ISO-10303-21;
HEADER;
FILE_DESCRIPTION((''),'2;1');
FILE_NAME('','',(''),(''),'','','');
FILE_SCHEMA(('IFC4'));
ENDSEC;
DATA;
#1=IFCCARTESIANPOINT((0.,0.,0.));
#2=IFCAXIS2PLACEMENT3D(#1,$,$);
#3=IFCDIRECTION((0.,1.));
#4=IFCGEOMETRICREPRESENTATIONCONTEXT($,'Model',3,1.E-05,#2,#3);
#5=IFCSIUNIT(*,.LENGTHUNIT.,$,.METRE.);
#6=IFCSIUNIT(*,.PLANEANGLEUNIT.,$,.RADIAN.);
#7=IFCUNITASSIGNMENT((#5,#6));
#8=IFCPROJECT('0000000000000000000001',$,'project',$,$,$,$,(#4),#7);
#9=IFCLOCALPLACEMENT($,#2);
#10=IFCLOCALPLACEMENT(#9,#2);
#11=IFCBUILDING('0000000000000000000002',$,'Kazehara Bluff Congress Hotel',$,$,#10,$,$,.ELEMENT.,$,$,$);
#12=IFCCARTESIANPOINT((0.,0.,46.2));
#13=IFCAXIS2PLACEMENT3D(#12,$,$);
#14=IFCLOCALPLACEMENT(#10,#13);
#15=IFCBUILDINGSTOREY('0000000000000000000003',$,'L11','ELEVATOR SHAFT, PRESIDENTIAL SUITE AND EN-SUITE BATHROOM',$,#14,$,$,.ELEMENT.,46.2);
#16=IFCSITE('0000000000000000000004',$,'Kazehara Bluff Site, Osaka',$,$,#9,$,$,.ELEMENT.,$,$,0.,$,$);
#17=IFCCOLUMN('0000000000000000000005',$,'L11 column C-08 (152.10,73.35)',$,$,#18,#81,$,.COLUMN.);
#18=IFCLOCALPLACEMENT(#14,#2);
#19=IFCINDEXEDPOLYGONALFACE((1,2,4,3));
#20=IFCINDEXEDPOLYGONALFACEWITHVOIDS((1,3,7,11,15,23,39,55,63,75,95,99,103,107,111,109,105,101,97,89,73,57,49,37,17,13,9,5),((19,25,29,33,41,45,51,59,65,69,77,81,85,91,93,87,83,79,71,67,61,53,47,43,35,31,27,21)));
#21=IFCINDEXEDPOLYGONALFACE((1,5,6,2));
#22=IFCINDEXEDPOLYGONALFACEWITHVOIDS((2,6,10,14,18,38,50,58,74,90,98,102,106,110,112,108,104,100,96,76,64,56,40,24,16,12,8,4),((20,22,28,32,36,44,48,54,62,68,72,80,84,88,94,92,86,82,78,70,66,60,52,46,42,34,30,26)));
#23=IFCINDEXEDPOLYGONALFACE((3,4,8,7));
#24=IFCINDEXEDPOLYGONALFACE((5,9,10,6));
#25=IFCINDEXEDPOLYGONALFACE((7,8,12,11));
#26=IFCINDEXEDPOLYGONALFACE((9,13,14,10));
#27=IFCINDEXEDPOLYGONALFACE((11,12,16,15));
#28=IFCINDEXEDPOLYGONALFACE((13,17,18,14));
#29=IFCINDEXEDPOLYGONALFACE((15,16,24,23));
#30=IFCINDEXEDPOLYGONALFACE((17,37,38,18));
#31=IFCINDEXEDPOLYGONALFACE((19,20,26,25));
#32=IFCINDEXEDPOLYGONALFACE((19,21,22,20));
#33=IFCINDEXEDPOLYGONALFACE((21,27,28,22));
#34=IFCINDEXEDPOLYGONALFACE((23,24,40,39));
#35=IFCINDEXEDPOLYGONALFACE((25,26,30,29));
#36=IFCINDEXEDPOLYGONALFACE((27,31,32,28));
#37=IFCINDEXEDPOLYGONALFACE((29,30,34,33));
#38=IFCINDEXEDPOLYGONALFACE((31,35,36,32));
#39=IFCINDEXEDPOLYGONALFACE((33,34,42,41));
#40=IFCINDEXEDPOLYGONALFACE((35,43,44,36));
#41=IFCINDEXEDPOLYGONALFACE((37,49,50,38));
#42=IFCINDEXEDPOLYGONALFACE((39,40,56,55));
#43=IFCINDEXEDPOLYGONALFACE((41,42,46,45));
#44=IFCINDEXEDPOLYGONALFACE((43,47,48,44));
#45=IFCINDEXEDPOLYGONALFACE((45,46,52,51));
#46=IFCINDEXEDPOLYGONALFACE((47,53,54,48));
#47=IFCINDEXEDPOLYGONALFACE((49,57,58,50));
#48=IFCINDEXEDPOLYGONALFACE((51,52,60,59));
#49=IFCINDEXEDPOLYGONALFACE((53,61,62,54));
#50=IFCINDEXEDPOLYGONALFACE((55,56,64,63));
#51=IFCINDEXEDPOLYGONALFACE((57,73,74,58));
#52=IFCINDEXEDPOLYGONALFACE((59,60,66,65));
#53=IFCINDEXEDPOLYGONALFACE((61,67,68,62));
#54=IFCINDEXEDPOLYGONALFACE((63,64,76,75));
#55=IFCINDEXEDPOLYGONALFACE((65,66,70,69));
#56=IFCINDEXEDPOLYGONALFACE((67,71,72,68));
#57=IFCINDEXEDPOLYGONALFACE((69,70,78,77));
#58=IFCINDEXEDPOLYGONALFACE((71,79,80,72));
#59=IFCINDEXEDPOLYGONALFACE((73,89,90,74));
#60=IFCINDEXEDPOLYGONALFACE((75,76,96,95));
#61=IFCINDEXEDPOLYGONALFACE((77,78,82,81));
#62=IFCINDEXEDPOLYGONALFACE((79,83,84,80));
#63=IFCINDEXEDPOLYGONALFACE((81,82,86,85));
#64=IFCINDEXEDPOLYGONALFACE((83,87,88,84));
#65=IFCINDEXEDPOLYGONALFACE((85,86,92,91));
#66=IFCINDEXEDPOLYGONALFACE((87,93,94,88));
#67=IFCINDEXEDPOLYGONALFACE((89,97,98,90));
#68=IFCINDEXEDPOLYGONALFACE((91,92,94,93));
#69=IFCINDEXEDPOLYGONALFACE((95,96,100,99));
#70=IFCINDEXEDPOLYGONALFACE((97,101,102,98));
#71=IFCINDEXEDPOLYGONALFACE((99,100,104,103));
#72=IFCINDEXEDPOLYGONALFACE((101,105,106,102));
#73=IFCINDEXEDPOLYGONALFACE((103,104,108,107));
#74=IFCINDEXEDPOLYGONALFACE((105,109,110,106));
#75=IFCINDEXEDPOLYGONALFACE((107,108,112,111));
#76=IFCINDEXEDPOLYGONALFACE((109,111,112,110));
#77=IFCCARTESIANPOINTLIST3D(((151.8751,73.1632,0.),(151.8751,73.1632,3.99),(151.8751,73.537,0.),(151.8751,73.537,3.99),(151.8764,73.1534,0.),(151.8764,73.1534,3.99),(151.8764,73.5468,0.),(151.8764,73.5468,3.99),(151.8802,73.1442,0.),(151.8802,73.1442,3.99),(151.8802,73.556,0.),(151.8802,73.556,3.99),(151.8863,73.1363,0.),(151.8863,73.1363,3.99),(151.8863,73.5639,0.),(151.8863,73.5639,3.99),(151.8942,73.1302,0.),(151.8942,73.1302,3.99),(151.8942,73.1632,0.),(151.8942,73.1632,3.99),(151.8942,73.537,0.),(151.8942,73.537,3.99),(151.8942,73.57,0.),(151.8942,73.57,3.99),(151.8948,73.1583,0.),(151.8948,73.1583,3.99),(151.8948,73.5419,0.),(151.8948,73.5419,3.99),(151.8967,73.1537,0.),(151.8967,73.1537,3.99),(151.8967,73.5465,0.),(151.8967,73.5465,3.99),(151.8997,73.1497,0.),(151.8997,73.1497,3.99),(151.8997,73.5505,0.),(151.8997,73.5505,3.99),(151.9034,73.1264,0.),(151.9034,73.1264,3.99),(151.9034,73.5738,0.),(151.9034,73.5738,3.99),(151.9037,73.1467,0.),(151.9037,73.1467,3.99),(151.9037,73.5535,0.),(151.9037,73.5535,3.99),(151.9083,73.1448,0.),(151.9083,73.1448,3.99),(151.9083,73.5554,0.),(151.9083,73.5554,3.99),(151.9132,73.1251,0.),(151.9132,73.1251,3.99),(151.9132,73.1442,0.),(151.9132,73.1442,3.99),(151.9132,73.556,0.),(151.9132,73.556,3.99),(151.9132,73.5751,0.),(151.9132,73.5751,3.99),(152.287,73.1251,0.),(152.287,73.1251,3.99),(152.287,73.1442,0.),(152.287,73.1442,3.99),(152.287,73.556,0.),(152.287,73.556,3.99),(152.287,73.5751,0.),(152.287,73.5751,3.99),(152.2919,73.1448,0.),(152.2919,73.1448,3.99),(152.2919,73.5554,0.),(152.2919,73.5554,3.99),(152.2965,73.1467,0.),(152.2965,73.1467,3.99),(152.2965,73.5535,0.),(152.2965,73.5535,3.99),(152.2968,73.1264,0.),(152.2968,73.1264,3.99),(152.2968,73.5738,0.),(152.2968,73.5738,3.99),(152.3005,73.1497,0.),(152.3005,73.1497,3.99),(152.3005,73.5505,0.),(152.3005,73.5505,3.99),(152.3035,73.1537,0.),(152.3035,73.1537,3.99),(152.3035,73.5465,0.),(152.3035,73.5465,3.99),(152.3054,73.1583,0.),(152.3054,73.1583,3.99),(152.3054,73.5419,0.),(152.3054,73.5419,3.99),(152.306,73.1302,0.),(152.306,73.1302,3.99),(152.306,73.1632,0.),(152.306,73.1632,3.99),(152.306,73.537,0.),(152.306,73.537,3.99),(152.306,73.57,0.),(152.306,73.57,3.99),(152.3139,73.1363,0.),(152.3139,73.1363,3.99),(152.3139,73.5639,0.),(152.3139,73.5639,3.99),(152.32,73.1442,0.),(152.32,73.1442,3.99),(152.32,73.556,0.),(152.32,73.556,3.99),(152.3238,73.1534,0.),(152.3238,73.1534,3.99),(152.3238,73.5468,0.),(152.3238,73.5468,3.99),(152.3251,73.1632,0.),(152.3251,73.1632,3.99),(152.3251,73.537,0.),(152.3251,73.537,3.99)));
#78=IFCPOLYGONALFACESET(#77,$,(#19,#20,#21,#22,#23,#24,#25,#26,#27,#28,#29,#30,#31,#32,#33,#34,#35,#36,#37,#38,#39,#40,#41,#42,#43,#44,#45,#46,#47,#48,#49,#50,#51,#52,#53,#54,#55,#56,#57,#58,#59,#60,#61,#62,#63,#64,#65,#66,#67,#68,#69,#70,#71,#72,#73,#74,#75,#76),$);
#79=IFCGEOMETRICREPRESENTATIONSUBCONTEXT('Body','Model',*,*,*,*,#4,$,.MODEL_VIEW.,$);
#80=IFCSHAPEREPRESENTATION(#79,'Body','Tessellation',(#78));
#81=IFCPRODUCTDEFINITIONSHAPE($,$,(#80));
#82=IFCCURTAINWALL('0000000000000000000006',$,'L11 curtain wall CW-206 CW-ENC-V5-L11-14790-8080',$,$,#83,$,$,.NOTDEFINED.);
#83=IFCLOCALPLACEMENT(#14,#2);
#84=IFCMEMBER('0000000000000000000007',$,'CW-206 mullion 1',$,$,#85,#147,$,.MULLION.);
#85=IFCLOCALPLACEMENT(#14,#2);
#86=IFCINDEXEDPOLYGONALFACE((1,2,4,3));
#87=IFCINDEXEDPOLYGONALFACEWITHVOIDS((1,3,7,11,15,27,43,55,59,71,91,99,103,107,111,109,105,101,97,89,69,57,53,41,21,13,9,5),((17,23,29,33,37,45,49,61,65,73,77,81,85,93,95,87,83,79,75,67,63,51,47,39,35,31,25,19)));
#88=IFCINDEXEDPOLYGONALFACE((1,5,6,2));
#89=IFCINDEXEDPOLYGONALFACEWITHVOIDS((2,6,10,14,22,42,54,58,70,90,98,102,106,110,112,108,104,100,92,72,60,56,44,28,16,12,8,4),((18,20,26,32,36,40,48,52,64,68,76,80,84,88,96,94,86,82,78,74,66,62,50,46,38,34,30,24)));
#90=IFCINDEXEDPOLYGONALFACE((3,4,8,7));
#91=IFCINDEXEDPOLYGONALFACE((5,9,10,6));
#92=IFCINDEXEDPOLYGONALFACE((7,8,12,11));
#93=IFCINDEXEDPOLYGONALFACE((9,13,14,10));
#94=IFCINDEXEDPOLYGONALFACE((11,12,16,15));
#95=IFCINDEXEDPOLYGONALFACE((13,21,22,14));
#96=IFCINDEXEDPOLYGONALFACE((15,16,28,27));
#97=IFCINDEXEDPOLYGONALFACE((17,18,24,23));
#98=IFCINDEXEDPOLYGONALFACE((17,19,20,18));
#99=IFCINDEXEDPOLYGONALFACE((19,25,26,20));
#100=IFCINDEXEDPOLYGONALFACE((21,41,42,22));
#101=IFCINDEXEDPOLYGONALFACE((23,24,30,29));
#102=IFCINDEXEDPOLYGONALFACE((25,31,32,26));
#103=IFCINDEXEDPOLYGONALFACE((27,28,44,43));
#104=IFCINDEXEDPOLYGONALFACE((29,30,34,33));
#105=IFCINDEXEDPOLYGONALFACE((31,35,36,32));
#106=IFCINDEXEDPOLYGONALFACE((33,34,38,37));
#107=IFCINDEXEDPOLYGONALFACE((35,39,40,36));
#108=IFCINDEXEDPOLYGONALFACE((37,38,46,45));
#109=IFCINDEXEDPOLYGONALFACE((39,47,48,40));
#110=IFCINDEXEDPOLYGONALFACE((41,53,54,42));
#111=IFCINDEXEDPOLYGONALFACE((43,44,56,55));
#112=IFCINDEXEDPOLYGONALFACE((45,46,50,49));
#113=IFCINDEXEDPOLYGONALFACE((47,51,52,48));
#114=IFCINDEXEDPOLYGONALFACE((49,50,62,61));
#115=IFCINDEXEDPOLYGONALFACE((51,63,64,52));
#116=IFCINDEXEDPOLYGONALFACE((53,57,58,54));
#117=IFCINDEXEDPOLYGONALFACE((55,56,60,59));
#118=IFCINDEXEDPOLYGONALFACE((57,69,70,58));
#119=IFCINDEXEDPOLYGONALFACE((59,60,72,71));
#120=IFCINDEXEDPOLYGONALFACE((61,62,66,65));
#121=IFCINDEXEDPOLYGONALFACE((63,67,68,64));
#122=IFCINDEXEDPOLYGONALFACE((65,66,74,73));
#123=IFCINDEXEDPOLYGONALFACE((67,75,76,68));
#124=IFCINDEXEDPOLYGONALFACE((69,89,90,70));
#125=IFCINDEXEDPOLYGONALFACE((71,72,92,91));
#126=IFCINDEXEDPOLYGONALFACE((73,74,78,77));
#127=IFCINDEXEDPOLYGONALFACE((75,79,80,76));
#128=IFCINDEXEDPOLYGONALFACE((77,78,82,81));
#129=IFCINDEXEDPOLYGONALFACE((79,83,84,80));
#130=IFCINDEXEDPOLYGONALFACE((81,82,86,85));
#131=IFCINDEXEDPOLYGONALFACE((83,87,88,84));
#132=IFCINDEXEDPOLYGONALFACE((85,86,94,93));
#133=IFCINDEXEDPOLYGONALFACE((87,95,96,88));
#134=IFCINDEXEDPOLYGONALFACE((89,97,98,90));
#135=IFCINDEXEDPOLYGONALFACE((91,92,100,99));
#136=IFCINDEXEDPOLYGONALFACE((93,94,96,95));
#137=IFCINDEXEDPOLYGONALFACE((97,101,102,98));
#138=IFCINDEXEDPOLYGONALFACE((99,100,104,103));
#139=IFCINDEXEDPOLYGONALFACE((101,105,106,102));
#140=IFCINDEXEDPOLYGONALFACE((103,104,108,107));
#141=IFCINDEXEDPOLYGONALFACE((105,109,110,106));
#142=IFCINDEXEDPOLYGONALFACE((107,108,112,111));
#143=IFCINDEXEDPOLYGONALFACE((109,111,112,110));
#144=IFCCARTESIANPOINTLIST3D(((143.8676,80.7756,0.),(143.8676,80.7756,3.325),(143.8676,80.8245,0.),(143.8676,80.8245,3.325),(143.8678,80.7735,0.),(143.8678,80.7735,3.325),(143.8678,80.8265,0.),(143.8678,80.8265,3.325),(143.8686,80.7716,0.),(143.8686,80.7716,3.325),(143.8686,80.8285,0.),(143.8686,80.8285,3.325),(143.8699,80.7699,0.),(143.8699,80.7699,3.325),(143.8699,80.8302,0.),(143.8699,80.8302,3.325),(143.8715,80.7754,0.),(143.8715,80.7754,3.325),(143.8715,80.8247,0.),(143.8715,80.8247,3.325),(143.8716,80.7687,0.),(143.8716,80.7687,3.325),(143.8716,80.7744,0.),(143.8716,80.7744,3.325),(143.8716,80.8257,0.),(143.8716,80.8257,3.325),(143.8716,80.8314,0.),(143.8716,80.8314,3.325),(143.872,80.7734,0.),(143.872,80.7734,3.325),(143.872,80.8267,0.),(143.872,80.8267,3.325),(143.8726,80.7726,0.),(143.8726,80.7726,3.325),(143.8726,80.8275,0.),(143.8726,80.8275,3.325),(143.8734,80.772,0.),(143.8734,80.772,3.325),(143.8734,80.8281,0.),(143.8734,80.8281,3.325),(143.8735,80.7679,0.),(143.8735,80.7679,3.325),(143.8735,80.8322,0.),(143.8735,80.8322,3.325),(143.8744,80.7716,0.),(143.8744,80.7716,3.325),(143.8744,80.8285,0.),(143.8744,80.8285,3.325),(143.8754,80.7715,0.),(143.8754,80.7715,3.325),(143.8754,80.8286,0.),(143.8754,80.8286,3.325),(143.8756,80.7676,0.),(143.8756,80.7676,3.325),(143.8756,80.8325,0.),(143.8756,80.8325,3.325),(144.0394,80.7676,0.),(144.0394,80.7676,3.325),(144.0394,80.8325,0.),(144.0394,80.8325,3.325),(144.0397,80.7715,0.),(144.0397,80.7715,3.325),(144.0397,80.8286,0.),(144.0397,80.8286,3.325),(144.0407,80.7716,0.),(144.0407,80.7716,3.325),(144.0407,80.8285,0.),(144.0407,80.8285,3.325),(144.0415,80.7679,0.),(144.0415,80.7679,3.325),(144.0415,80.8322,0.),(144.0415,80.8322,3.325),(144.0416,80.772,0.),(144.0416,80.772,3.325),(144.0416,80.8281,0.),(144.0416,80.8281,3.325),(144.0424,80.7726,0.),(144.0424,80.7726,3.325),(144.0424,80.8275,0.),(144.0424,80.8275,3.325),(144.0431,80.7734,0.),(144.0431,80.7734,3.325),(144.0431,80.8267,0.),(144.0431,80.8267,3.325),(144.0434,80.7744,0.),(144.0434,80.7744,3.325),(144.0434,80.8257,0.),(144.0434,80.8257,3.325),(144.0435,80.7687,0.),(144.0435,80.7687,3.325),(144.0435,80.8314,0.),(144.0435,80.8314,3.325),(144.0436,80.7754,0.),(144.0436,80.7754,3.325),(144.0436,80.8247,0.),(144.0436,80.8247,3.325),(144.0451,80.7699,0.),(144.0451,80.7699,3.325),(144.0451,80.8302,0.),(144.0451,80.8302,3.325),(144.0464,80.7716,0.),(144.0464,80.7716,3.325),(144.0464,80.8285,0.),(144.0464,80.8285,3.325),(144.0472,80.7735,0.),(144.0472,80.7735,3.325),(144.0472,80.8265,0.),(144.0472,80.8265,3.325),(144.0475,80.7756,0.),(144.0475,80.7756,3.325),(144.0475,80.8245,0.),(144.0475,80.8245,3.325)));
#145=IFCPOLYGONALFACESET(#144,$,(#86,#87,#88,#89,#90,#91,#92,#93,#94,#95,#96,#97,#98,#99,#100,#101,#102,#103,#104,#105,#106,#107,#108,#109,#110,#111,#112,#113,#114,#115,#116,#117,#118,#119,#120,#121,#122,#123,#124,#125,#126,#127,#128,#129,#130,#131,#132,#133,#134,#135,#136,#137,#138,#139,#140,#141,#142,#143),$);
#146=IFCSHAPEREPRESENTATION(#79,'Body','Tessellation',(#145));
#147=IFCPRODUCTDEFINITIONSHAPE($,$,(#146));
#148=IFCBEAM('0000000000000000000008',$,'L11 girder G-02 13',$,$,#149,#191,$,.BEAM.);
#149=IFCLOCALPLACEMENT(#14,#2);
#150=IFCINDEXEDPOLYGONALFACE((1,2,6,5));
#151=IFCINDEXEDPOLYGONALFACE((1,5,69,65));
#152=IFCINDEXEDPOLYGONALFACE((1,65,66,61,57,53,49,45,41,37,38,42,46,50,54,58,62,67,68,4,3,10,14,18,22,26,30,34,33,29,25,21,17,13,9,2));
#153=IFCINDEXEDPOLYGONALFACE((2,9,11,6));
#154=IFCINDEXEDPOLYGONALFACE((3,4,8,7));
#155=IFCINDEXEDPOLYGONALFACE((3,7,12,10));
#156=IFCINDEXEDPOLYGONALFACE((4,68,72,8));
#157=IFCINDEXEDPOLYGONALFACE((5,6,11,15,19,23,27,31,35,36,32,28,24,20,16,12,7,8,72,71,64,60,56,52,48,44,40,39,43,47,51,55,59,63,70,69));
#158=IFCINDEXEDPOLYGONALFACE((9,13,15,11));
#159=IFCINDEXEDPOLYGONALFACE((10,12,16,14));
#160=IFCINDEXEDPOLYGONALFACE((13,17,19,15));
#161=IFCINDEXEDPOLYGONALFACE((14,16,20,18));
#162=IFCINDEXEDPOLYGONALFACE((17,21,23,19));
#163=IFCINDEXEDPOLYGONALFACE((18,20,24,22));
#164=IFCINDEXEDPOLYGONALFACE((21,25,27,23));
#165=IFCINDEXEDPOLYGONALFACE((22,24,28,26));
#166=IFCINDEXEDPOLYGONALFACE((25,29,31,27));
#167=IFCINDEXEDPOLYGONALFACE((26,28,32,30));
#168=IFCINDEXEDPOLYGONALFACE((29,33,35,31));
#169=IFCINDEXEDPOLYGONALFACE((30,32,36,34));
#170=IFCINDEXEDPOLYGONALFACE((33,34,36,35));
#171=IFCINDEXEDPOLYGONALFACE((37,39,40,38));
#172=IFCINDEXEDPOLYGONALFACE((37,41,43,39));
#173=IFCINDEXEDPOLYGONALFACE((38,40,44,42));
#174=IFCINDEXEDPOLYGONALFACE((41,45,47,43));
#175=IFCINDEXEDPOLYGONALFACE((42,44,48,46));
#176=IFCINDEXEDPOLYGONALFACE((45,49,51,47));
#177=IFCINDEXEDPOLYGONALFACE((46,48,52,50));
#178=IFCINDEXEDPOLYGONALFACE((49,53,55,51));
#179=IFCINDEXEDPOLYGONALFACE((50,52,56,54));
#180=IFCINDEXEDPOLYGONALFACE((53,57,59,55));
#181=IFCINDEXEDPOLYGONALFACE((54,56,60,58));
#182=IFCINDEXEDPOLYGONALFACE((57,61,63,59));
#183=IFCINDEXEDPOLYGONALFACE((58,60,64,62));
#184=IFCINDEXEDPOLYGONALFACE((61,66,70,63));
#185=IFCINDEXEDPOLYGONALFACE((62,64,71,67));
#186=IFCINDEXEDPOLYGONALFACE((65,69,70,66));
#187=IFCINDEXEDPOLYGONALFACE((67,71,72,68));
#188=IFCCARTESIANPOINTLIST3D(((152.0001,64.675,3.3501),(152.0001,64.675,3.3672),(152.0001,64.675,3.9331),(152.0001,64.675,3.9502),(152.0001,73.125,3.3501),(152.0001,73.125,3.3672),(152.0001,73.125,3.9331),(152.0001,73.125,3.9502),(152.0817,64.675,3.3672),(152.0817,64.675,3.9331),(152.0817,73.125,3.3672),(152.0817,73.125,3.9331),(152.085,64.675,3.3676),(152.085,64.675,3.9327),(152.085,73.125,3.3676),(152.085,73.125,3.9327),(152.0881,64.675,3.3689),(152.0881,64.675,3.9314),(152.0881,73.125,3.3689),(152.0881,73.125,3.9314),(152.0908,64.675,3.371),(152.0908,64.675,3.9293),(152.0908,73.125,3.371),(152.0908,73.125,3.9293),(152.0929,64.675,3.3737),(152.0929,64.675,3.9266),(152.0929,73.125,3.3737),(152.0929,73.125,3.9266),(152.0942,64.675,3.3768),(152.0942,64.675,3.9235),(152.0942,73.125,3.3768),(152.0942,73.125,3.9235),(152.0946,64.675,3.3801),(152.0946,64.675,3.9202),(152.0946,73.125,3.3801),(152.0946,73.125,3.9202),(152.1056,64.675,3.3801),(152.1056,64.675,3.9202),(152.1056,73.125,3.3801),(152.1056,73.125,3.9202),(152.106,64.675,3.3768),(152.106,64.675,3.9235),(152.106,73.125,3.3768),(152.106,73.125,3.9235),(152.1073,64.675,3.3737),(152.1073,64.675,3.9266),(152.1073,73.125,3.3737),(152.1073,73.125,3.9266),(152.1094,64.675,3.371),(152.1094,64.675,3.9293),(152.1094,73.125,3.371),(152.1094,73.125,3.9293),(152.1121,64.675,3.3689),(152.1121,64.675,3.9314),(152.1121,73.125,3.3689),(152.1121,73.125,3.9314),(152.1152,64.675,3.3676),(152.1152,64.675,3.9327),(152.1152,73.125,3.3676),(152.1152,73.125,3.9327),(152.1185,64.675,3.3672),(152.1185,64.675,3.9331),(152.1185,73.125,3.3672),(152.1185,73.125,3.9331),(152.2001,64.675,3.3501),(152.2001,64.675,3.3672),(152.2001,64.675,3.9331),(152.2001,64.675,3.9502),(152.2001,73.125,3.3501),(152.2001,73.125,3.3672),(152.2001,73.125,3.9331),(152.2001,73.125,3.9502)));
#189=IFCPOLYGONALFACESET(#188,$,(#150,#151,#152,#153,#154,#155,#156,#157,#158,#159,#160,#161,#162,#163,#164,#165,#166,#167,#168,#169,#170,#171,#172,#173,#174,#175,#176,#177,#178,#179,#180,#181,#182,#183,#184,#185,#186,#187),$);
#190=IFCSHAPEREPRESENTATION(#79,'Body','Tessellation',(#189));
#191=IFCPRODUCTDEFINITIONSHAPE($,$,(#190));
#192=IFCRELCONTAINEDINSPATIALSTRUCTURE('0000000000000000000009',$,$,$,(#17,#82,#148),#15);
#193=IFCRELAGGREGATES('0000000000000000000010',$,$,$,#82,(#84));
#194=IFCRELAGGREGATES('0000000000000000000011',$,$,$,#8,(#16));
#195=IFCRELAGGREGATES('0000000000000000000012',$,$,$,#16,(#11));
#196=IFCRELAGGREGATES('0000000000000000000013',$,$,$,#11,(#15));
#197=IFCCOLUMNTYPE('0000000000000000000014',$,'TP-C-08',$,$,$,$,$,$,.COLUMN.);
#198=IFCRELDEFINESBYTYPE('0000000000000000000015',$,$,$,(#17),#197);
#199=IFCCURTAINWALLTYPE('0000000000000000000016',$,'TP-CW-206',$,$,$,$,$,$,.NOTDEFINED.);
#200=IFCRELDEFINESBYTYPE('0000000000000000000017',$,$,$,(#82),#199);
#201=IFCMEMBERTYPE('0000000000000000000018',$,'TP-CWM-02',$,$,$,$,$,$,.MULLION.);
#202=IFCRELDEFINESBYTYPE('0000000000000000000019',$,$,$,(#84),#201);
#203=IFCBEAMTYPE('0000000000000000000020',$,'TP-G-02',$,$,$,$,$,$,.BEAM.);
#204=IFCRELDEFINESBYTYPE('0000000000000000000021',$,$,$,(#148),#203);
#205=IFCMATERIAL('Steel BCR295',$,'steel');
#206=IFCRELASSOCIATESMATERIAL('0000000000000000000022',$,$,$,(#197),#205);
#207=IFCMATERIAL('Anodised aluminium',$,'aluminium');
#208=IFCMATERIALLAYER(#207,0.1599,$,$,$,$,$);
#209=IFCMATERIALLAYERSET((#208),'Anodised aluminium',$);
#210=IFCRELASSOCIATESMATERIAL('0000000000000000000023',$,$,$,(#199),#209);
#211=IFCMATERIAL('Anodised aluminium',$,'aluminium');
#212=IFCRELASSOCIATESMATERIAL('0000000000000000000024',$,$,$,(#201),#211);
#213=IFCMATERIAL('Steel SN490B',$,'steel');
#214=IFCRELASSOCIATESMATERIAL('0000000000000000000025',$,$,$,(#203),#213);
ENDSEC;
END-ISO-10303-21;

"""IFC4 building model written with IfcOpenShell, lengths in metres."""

from ifc_helpers import new_model, si_unit, direction, frame, origin, origin_2d, place, context, subcontext, project, spatial, hollow_rectangle, i_section, extrude, material, layer, layer_set, material_profile, profile_set, type_object, element, aggregate, save


model = new_model("IFC4")

# Units and contexts
model_context = context("Model", 3, precision=1e-05, world=origin(), true_north=direction((0.0, 1.0)))
body_context = subcontext(model_context, "Body", "Model", "MODEL_VIEW")
ifc_project = project(units=[si_unit("LENGTHUNIT", "METRE"), si_unit("PLANEANGLEUNIT", "RADIAN")], contexts=[model_context])

# Site, building, storey
site_placement = place(None, origin())
site = spatial("IfcSite", under=ifc_project, at=site_placement, Name="Kazehara Bluff Site, Osaka", CompositionType="ELEMENT", RefElevation=0.0)
building_placement = place(site_placement, origin())
building = spatial("IfcBuilding", under=site, at=building_placement, Name="Kazehara Bluff Congress Hotel", CompositionType="ELEMENT")
storey_placement = place(building_placement, frame((0.0, 0.0, 46.2)))
storey = spatial("IfcBuildingStorey", under=building, at=storey_placement, Name="L11", Description="ELEVATOR SHAFT, PRESIDENTIAL SUITE AND EN-SUITE BATHROOM", CompositionType="ELEMENT", Elevation=46.2)

# Column
ifc_material_1 = material(Name="Steel BCR295", Category="steel")
ifc_material_profile_1 = material_profile(ifc_material_1, hollow_rectangle(XDim=0.45, YDim=0.45, WallThickness=0.019, InnerFilletRadius=0.019, OuterFilletRadius=0.0381, at=origin_2d()))
ifc_profile_set_1 = profile_set([ifc_material_profile_1], Name="Steel BCR295")
column_type = type_object("IfcColumnType", Name="TP-C-08", PredefinedType="COLUMN", material=ifc_profile_set_1)
column_placement = place(storey_placement, frame((152.1001, 73.3501, 0.0), z_axis=(0.0, 0.0, 1.0), x_axis=(1.0, 0.0, 0.0)))
element("IfcColumn", 1, at=column_placement, inside=storey, type_object=column_type, Name="L11 column C-08 (152.10,73.35)", PredefinedType="COLUMN", context=body_context, shape_type="SweptSolid", body=[
    extrude(hollow_rectangle(XDim=0.45, YDim=0.45, WallThickness=0.019, InnerFilletRadius=0.019, OuterFilletRadius=0.0381, at=origin_2d()), origin(), (0.0, 0.0, 1.0), 3.99),
])

# Curtain wall, member
ifc_material_2 = material(Name="Anodised aluminium", Category="aluminium")
ifc_layer_1 = layer(ifc_material_2, 0.1599)
ifc_layer_set_1 = layer_set([ifc_layer_1], Name="Anodised aluminium")
curtain_wall_type = type_object("IfcCurtainWallType", Name="TP-CW-206", PredefinedType="NOTDEFINED", material=ifc_layer_set_1)
curtain_wall_placement = place(storey_placement, origin())
curtain_wall = element("IfcCurtainWall", 2, at=curtain_wall_placement, inside=storey, type_object=curtain_wall_type, Name="L11 curtain wall CW-206 CW-ENC-V5-L11-14790-8080", PredefinedType="NOTDEFINED")
ifc_material_3 = material(Name="Anodised aluminium", Category="aluminium")
ifc_material_profile_2 = material_profile(ifc_material_3, hollow_rectangle(XDim=0.0649, YDim=0.1799, WallThickness=0.0039, InnerFilletRadius=0.0039, OuterFilletRadius=0.0081, at=origin_2d()))
ifc_profile_set_2 = profile_set([ifc_material_profile_2], Name="Anodised aluminium")
member_type = type_object("IfcMemberType", Name="TP-CWM-02", PredefinedType="MULLION", material=ifc_profile_set_2)
member_placement = place(storey_placement, frame((143.9575, 80.8, 0.0), z_axis=(0.0, 0.0, 1.0), x_axis=(0.0, 1.0, 0.0)))
member = element("IfcMember", 3, at=member_placement, type_object=member_type, Name="CW-206 mullion 1", PredefinedType="MULLION", context=body_context, shape_type="SweptSolid", body=[
    extrude(hollow_rectangle(XDim=0.0649, YDim=0.1799, WallThickness=0.0039, InnerFilletRadius=0.0039, OuterFilletRadius=0.0081, at=origin_2d()), origin(), (0.0, 0.0, 1.0), 3.325),
])
aggregate(curtain_wall, [member])

# Beam
ifc_material_4 = material(Name="Steel SN490B", Category="steel")
ifc_material_profile_3 = material_profile(ifc_material_4, i_section(OverallWidth=0.2, OverallDepth=0.6001, WebThickness=0.011, FlangeThickness=0.0171, FilletRadius=0.0129, at=origin_2d()))
ifc_profile_set_3 = profile_set([ifc_material_profile_3], Name="Steel SN490B")
beam_type = type_object("IfcBeamType", Name="TP-G-02", PredefinedType="BEAM", material=ifc_profile_set_3)
beam_1_placement = place(storey_placement, frame((152.1001, 64.675, 3.6501), z_axis=(0.0, 1.0, 0.0), x_axis=(-1.0, 0.0, 0.0)))
element("IfcBeam", 4, at=beam_1_placement, inside=storey, type_object=beam_type, Name="L11 girder G-02 13", PredefinedType="BEAM", context=body_context, shape_type="SweptSolid", body=[
    extrude(i_section(OverallWidth=0.2, OverallDepth=0.6001, WebThickness=0.011, FlangeThickness=0.0171, FilletRadius=0.0129, at=origin_2d()), origin(), (0.0, 0.0, 1.0), 8.45),
])

save(model, "model.ifc")
